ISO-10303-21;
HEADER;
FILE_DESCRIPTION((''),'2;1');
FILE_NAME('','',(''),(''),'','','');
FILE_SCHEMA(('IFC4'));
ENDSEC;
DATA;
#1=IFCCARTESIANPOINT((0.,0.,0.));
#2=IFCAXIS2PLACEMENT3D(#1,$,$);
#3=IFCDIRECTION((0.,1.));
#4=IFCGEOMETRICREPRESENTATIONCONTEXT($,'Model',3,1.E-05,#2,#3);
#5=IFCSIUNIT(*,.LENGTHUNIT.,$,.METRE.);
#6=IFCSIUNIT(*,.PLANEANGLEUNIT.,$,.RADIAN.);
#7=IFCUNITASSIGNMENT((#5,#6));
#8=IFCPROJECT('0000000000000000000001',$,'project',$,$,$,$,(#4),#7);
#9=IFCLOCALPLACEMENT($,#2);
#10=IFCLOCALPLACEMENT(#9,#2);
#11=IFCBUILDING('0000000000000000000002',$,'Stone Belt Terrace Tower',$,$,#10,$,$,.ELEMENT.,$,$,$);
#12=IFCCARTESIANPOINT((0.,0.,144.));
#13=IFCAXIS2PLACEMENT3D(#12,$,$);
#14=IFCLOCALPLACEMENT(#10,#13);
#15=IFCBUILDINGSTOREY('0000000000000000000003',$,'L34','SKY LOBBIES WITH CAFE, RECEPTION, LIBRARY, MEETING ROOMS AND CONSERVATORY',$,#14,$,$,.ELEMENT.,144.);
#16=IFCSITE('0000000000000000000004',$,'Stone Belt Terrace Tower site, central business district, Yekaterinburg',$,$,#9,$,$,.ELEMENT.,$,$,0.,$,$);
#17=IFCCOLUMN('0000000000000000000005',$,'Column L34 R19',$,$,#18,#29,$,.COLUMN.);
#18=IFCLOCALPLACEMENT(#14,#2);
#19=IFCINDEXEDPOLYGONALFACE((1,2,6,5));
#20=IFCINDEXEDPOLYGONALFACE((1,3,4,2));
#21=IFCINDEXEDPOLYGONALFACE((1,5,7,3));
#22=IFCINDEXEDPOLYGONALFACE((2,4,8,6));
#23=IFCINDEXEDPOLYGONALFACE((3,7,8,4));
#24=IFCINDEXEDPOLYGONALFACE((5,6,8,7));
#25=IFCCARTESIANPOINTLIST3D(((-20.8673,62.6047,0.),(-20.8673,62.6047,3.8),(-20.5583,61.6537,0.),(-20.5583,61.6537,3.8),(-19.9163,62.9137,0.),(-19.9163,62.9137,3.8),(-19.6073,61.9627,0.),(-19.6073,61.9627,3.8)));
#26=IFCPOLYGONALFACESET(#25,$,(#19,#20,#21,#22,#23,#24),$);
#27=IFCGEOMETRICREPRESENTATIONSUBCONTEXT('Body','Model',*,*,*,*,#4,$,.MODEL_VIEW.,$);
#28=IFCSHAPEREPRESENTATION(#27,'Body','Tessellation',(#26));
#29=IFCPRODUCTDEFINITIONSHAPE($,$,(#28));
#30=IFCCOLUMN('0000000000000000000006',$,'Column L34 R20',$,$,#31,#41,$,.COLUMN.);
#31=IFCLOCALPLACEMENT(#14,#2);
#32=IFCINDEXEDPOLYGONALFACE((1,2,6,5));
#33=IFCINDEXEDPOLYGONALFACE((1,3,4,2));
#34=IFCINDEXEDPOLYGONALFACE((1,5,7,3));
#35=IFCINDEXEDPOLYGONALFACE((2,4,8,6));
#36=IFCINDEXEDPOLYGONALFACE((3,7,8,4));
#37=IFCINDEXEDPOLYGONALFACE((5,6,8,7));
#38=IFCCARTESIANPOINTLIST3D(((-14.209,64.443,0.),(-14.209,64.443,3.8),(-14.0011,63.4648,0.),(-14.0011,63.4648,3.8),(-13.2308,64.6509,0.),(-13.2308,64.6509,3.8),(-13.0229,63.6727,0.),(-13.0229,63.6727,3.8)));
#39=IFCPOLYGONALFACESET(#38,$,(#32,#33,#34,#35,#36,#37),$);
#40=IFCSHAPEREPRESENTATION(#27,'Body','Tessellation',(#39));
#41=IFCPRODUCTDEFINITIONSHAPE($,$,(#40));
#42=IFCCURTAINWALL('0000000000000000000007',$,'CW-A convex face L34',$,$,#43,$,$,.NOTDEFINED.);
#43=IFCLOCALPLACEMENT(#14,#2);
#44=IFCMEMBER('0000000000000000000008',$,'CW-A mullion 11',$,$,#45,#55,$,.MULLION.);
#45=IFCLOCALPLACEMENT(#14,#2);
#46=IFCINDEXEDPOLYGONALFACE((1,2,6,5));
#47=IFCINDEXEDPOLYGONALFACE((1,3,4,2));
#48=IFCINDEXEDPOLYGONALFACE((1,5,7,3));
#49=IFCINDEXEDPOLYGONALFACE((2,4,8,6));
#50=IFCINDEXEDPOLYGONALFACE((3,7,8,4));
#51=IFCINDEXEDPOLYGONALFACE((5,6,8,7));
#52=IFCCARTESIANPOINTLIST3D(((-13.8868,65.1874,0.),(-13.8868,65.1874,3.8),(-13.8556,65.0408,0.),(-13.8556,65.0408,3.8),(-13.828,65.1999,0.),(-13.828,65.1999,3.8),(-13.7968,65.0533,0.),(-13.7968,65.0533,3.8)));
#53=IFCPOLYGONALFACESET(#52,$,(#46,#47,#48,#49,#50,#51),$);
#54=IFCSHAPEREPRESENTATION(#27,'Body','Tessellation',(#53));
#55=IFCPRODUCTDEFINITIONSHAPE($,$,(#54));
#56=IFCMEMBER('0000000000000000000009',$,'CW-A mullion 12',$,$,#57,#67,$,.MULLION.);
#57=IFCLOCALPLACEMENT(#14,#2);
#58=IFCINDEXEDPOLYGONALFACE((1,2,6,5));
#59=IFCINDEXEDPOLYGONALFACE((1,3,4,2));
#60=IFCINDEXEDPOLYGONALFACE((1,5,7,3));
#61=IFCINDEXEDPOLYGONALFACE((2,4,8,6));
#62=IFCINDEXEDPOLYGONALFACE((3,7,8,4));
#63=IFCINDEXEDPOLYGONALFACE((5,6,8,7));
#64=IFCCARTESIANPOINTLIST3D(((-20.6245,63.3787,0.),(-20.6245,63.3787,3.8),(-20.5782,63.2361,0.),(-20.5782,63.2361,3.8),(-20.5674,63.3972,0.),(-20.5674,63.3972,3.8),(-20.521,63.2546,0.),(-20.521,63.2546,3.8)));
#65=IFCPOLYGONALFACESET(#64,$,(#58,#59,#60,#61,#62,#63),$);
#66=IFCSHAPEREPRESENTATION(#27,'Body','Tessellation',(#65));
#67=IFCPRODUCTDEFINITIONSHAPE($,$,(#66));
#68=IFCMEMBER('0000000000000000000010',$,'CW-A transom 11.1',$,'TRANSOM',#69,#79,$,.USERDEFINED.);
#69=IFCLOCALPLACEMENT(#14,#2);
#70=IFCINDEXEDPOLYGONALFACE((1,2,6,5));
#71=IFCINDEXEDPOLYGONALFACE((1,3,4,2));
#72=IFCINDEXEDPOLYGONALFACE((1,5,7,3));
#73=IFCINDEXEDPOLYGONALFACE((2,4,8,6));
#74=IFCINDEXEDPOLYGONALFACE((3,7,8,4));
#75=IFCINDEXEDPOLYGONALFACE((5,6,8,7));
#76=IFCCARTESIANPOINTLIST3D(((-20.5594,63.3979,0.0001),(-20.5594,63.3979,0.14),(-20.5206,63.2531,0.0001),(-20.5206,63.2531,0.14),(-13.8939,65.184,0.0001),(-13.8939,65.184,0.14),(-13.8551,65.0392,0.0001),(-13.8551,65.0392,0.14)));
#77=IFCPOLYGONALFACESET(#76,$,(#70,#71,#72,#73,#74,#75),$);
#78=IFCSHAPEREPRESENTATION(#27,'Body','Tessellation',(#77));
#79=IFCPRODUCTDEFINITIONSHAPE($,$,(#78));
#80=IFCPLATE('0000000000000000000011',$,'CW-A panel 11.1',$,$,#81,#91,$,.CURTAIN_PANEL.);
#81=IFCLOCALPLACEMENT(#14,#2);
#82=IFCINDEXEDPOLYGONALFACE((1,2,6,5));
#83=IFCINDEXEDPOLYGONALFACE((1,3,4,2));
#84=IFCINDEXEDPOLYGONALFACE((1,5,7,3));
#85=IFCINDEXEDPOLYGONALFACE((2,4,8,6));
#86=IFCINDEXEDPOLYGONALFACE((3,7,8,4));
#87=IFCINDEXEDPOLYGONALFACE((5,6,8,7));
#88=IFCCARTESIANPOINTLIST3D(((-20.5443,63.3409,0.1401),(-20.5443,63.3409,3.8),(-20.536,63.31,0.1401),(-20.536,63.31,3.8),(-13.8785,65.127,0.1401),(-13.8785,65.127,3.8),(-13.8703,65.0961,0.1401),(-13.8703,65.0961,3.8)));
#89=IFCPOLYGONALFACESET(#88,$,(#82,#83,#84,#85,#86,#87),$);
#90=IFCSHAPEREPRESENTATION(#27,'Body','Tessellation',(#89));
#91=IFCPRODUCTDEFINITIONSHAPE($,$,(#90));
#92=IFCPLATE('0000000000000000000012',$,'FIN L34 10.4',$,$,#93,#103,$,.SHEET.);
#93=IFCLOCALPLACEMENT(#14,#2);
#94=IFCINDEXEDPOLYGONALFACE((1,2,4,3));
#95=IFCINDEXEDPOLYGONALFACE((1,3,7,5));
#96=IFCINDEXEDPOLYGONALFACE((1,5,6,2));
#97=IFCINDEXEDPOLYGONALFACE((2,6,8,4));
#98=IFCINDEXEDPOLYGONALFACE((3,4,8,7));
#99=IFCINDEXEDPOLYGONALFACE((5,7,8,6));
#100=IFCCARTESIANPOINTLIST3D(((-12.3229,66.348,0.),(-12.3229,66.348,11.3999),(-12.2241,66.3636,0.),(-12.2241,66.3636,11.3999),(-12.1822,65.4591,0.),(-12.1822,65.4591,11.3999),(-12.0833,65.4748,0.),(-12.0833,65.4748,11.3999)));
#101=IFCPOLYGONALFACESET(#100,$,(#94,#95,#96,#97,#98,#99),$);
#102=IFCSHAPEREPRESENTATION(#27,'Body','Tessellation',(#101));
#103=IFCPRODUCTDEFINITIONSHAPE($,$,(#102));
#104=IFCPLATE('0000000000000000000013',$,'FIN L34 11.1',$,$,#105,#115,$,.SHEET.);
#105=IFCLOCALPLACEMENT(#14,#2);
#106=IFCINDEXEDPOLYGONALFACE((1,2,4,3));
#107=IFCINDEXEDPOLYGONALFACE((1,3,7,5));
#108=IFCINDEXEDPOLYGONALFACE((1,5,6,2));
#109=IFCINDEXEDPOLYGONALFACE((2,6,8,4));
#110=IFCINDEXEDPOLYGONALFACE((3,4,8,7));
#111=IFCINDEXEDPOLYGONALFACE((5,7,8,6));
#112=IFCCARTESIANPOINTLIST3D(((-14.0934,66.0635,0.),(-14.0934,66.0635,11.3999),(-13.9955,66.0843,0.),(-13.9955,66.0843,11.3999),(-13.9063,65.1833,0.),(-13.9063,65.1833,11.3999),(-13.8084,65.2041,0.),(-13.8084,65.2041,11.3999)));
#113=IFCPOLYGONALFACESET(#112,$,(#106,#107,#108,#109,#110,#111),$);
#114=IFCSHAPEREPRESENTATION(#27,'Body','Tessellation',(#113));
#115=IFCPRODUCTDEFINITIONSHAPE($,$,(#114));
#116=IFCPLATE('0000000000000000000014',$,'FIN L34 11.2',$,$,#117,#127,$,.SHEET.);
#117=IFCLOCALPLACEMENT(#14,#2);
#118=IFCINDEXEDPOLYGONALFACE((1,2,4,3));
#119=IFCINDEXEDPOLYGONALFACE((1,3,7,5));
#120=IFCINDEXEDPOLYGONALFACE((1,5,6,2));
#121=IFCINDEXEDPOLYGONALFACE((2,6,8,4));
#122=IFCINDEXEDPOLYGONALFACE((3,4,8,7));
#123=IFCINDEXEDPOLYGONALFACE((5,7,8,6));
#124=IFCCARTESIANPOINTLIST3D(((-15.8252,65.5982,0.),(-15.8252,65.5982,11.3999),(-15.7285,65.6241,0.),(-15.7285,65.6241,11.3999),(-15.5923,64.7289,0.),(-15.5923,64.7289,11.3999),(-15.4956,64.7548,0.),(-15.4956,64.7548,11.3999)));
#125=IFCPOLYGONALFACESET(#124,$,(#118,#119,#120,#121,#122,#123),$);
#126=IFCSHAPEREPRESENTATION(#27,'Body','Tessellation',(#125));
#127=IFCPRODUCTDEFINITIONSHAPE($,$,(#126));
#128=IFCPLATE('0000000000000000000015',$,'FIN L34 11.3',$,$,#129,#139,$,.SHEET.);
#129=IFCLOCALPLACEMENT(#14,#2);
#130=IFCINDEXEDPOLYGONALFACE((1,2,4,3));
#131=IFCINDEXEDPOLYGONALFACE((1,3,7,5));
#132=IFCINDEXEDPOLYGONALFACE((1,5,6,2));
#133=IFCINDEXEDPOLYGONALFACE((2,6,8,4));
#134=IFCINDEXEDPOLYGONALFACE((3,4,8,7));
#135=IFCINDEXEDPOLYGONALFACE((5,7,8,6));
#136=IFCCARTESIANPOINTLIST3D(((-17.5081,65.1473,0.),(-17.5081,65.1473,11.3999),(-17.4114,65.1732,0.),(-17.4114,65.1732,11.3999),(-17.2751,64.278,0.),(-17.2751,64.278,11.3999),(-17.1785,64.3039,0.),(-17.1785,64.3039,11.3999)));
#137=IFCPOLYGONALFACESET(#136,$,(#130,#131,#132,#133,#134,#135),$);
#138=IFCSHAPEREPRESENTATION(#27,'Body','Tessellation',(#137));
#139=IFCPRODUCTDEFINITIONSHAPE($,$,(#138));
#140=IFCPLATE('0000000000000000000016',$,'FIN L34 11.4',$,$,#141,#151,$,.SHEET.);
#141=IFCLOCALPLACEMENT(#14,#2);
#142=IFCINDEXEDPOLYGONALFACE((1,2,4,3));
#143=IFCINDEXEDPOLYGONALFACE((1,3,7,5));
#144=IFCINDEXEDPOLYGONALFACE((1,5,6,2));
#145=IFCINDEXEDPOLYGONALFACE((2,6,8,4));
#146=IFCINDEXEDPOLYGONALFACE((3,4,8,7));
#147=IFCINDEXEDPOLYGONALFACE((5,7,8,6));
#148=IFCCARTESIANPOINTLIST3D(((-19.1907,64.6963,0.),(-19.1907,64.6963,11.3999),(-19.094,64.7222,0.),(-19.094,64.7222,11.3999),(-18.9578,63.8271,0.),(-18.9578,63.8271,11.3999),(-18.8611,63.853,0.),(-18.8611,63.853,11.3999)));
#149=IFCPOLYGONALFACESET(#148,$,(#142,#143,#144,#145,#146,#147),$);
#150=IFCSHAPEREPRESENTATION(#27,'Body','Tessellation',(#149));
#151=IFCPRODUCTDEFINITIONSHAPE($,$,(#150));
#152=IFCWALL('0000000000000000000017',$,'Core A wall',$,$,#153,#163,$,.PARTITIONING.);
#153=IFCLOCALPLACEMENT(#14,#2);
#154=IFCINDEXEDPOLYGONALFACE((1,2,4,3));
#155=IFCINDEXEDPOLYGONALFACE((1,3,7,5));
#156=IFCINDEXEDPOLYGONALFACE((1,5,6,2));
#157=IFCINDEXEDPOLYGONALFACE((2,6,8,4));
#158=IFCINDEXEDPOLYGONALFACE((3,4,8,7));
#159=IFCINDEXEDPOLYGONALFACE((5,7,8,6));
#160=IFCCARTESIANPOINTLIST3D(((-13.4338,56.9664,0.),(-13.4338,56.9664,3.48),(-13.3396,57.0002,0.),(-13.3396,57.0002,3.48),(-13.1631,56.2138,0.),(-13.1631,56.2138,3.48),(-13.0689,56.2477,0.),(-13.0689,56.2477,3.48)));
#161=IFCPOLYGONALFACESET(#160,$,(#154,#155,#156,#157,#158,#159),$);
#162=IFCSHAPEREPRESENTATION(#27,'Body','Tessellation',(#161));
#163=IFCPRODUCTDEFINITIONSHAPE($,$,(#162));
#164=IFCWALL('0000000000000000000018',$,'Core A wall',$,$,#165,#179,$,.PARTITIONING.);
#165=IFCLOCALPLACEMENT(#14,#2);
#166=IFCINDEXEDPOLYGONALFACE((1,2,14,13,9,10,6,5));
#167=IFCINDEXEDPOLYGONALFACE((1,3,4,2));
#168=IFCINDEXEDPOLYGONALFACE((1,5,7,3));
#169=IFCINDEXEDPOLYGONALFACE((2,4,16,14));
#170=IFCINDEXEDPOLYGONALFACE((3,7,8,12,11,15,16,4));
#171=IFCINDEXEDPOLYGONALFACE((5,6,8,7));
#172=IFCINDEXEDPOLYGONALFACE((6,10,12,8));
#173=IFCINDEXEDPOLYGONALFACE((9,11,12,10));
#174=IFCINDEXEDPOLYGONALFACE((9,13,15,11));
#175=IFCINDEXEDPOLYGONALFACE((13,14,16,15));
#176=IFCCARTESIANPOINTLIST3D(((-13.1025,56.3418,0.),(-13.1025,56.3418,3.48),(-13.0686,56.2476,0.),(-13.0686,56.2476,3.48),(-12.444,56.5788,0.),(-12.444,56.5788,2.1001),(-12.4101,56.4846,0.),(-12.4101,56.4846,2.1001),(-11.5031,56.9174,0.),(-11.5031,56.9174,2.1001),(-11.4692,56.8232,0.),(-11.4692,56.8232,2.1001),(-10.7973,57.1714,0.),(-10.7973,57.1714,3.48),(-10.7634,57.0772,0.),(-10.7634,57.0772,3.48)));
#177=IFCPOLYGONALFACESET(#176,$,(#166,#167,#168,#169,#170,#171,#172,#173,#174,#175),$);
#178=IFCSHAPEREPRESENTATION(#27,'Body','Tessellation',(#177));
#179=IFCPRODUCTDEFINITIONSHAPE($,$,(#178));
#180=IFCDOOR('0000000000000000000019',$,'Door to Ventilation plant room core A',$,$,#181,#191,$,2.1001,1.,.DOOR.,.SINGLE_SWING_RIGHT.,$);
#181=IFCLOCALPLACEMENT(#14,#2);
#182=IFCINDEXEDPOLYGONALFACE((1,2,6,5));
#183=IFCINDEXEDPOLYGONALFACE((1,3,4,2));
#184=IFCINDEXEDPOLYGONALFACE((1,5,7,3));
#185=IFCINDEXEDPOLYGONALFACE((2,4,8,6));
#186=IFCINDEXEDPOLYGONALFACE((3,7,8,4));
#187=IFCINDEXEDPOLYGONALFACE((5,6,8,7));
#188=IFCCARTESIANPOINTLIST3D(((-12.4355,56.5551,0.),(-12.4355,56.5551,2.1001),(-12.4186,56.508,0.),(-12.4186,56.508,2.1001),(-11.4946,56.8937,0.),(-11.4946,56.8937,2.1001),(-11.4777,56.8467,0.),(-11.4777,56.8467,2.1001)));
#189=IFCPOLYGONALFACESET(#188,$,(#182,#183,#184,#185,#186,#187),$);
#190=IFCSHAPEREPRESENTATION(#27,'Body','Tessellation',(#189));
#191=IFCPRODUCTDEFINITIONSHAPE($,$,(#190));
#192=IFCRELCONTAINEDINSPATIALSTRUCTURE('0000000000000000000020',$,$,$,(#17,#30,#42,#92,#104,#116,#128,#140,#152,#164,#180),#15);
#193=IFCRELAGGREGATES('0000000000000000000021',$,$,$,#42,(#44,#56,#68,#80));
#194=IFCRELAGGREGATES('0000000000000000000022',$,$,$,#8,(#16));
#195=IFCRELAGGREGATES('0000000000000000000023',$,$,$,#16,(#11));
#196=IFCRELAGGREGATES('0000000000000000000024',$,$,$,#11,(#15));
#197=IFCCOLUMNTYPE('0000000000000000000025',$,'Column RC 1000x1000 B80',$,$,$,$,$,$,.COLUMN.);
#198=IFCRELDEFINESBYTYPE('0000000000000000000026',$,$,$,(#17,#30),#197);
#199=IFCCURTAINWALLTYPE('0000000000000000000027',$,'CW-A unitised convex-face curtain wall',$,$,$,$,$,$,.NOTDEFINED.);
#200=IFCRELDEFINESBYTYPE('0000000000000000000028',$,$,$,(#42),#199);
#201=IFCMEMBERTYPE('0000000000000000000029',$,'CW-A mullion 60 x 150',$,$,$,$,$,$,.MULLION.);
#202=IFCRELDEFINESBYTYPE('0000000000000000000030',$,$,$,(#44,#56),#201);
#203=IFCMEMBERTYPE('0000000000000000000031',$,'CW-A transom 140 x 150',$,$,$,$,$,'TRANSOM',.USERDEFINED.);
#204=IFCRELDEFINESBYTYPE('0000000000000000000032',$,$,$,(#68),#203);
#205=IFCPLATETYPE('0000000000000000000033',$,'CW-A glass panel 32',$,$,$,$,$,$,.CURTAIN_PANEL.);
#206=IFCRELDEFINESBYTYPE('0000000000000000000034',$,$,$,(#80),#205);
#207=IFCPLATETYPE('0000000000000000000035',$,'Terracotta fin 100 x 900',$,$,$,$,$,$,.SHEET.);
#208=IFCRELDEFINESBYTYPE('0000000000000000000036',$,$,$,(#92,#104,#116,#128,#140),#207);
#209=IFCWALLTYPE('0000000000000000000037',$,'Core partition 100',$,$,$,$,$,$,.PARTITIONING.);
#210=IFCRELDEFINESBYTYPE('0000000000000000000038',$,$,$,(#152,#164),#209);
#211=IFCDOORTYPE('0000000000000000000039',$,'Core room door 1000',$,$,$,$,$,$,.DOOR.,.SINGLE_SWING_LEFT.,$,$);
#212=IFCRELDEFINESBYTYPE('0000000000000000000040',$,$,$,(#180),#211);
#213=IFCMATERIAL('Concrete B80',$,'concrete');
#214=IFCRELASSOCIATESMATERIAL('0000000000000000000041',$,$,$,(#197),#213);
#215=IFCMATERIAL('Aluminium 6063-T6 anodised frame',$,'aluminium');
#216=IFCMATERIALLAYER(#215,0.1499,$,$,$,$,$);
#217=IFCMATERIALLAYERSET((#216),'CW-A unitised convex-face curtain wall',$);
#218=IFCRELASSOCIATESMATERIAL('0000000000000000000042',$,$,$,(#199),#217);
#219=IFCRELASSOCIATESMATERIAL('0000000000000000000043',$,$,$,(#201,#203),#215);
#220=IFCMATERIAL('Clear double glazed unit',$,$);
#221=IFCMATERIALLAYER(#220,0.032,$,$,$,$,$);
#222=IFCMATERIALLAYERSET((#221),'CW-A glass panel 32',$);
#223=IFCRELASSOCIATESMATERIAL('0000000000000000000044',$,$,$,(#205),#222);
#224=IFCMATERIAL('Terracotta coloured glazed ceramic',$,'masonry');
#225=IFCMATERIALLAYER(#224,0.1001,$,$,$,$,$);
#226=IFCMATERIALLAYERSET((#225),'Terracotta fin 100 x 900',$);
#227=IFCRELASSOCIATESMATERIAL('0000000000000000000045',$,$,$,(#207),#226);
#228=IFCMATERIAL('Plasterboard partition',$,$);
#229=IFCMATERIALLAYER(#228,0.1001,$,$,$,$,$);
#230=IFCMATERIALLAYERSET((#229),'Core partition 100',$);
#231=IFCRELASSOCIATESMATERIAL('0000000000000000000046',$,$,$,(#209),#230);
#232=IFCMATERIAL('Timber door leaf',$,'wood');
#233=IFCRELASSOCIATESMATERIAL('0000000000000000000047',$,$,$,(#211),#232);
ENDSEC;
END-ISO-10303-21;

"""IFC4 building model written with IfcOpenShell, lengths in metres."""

from ifc_helpers import new_model, si_unit, direction, frame, frame_2d, origin, origin_2d, place, context, subcontext, project, spatial, rectangle, extrude, material, layer, layer_set, material_profile, profile_set, type_object, element, fill, aggregate, save


model = new_model("IFC4")

# Units and contexts
model_context = context("Model", 3, precision=1e-05, world=origin(), true_north=direction((0.0, 1.0)))
body_context = subcontext(model_context, "Body", "Model", "MODEL_VIEW")
ifc_project = project(units=[si_unit("LENGTHUNIT", "METRE"), si_unit("PLANEANGLEUNIT", "RADIAN")], contexts=[model_context])

# Site, building, storey
site_placement = place(None, origin())
site = spatial("IfcSite", under=ifc_project, at=site_placement, Name="Stone Belt Terrace Tower site, central business district, Yekaterinburg", CompositionType="ELEMENT", RefElevation=0.0)
building_placement = place(site_placement, origin())
building = spatial("IfcBuilding", under=site, at=building_placement, Name="Stone Belt Terrace Tower", CompositionType="ELEMENT")
storey_placement = place(building_placement, frame((0.0, 0.0, 144.0)))
storey = spatial("IfcBuildingStorey", under=building, at=storey_placement, Name="L34", Description="SKY LOBBIES WITH CAFE, RECEPTION, LIBRARY, MEETING ROOMS AND CONSERVATORY", CompositionType="ELEMENT", Elevation=144.0)

# Columns
ifc_material_1 = material(Name="Concrete B80", Category="concrete")
ifc_material_profile_1 = material_profile(ifc_material_1, rectangle(XDim=1.0, YDim=1.0, at=origin_2d()), Name="RC 1000x1000")
ifc_profile_set_1 = profile_set([ifc_material_profile_1], Name="Concrete B80")
column_type = type_object("IfcColumnType", Name="Column RC 1000x1000 B80", PredefinedType="COLUMN", material=ifc_profile_set_1)
for number, where, z_axis, x_axis, name in (
    (1, (-20.2373, 62.2837, 0.0), (0.0, 0.0, 1.0), (0.951057, 0.309017, 0.0), "Column L34 R19"),
    (2, (-13.616, 64.0579, 0.0), (0.0, 0.0, 1.0), (0.978148, 0.207912, 0.0), "Column L34 R20"),
):
    element("IfcColumn", number, at=place(storey_placement, frame(where, z_axis=z_axis, x_axis=x_axis)), inside=storey, type_object=column_type, Name=name, PredefinedType="COLUMN", context=body_context, shape_type="SweptSolid", body=[
        extrude(rectangle(XDim=1.0, YDim=1.0, at=origin_2d()), origin(), (0.0, 0.0, 1.0), 3.8),
    ])

# Curtain wall, members, plate
ifc_material_2 = material(Name="Aluminium 6063-T6 anodised frame", Category="aluminium")
ifc_layer_1 = layer(ifc_material_2, 0.1499)
ifc_layer_set_1 = layer_set([ifc_layer_1], Name="CW-A unitised convex-face curtain wall")
curtain_wall_type = type_object("IfcCurtainWallType", Name="CW-A unitised convex-face curtain wall", PredefinedType="NOTDEFINED", material=ifc_layer_set_1)
curtain_wall_placement = place(storey_placement, origin())
curtain_wall = element("IfcCurtainWall", 3, at=curtain_wall_placement, inside=storey, type_object=curtain_wall_type, Name="CW-A convex face L34", PredefinedType="NOTDEFINED")
ifc_material_profile_2 = material_profile(ifc_material_2, rectangle(XDim=0.1499, YDim=0.0601, at=origin_2d()), Name="Aluminium 6063-T6 60x150")
ifc_profile_set_2 = profile_set([ifc_material_profile_2], Name="Aluminium 6063-T6 anodised frame")
member_type_1 = type_object("IfcMemberType", Name="CW-A mullion 60 x 150", PredefinedType="MULLION", material=ifc_profile_set_2)
member_1_placement = place(storey_placement, frame((-13.8418, 65.1204, 0.0), z_axis=(0.0, 0.0, 1.0), x_axis=(0.207912, -0.978148, 0.0)))
member_1 = element("IfcMember", 4, at=member_1_placement, type_object=member_type_1, Name="CW-A mullion 11", PredefinedType="MULLION", context=body_context, shape_type="SweptSolid", body=[
    extrude(rectangle(XDim=0.1499, YDim=0.0601, at=origin_2d()), origin(), (0.0, 0.0, 1.0), 3.8),
])
member_2_placement = place(storey_placement, frame((-20.5728, 63.3167, 0.0), z_axis=(0.0, 0.0, 1.0), x_axis=(0.309017, -0.951057, 0.0)))
member_2 = element("IfcMember", 5, at=member_2_placement, type_object=member_type_1, Name="CW-A mullion 12", PredefinedType="MULLION", context=body_context, shape_type="SweptSolid", body=[
    extrude(rectangle(XDim=0.1499, YDim=0.0601, at=origin_2d()), origin(), (0.0, 0.0, 1.0), 3.8),
])
ifc_material_profile_3 = material_profile(ifc_material_2, rectangle(XDim=0.1499, YDim=0.1399, at=origin_2d()), Name="Aluminium 6063-T6 150x140")
ifc_profile_set_3 = profile_set([ifc_material_profile_3], Name="Aluminium 6063-T6 anodised frame")
member_type_2 = type_object("IfcMemberType", Name="CW-A transom 140 x 150", ElementType="TRANSOM", PredefinedType="USERDEFINED", material=ifc_profile_set_3)
member_3_placement = place(storey_placement, frame((-13.8745, 65.1116, 0.0701), z_axis=(-0.965922, -0.258834, 0.0), x_axis=(0.258834, -0.965922, 0.0)))
member_3 = element("IfcMember", 6, at=member_3_placement, type_object=member_type_2, Name="CW-A transom 11.1", ObjectType="TRANSOM", PredefinedType="USERDEFINED", context=body_context, shape_type="SweptSolid", body=[
    extrude(rectangle(XDim=0.1499, YDim=0.1399, at=origin_2d()), origin(), (0.0, 0.0, 1.0), 6.9006),
])
ifc_material_3 = material(Name="Clear double glazed unit")
ifc_layer_2 = layer(ifc_material_3, 0.032)
ifc_layer_set_2 = layer_set([ifc_layer_2], Name="CW-A glass panel 32")
plate_type_1 = type_object("IfcPlateType", Name="CW-A glass panel 32", PredefinedType="CURTAIN_PANEL", material=ifc_layer_set_2)
plate_placement = place(storey_placement, frame((-17.2073, 64.2185, 0.1401), z_axis=(0.0, 0.0, 1.0), x_axis=(-0.965926, -0.258819, 0.0)))
plate = element("IfcPlate", 7, at=plate_placement, type_object=plate_type_1, Name="CW-A panel 11.1", PredefinedType="CURTAIN_PANEL", context=body_context, shape_type="SweptSolid", body=[
    extrude(rectangle(XDim=6.9009, YDim=0.032, at=origin_2d()), origin(), (0.0, 0.0, 1.0), 3.6599),
])
aggregate(curtain_wall, [member_1, member_2, member_3, plate])

# Plates
ifc_material_4 = material(Name="Terracotta coloured glazed ceramic", Category="masonry")
ifc_layer_3 = layer(ifc_material_4, 0.1001)
ifc_layer_set_3 = layer_set([ifc_layer_3], Name="Terracotta fin 100 x 900")
plate_type_2 = type_object("IfcPlateType", Name="Terracotta fin 100 x 900", PredefinedType="SHEET", material=ifc_layer_set_3)
for number, where, z_axis, x_axis, name in (
    (8, (-12.2031, 65.9114, 0.0), (0.0, 0.0, 1.0), (-0.156434, 0.987688, 0.0), "FIN L34 10.4"),
    (9, (-13.9509, 65.6338, 0.0), (0.0, 0.0, 1.0), (-0.207912, 0.978148, 0.0), "FIN L34 11.1"),
    (10, (-15.6604, 65.1765, 0.0), (0.0, 0.0, 1.0), (-0.258819, 0.965926, 0.0), "FIN L34 11.2"),
    (11, (-17.3433, 64.7256, 0.0), (0.0, 0.0, 1.0), (-0.258819, 0.965926, 0.0), "FIN L34 11.3"),
    (12, (-19.0259, 64.2747, 0.0), (0.0, 0.0, 1.0), (-0.258819, 0.965926, 0.0), "FIN L34 11.4"),
):
    element("IfcPlate", number, at=place(storey_placement, frame(where, z_axis=z_axis, x_axis=x_axis)), inside=storey, type_object=plate_type_2, Name=name, PredefinedType="SHEET", context=body_context, shape_type="SweptSolid", body=[
        extrude(rectangle(XDim=0.8999, YDim=0.1001, at=origin_2d()), origin(), (0.0, 0.0, 1.0), 11.3999),
    ])

# Wall
ifc_material_5 = material(Name="Plasterboard partition")
ifc_layer_4 = layer(ifc_material_5, 0.1001)
ifc_layer_set_4 = layer_set([ifc_layer_4], Name="Core partition 100")
wall_type_1 = type_object("IfcWallType", Name="Core partition 100", PredefinedType="PARTITIONING", material=ifc_layer_set_4)
wall_1_placement = place(storey_placement, frame((-13.116, 56.2307, 0.0), z_axis=(0.0, 0.0, 1.0), x_axis=(-0.338482, 0.940973, 0.0)))
element("IfcWall", 13, at=wall_1_placement, inside=storey, type_object=wall_type_1, Name="Core A wall", PredefinedType="PARTITIONING", context=body_context, shape_type="SweptSolid", body=[
    extrude(rectangle(XDim=0.7998, YDim=0.1001, at=frame_2d((0.3999, 0.0))), origin(), (0.0, 0.0, 1.0), 3.48),
])

# Wall, opening, door
wall_2_placement = place(storey_placement, frame((-13.0857, 56.2947, 0.0), z_axis=(0.0, 0.0, 1.0), x_axis=(0.940923, 0.338621, 0.0)))
wall_2 = element("IfcWall", 14, at=wall_2_placement, inside=storey, type_object=wall_type_1, Name="Core A wall", PredefinedType="PARTITIONING", context=body_context, shape_type="SweptSolid", body=[
    extrude(rectangle(XDim=2.45, YDim=0.1001, at=frame_2d((1.2251, 0.0))), origin(), (0.0, 0.0, 1.0), 3.48),
])
opening_1_placement = place(wall_2_placement, frame((0.7, 0.0, 0.0)))
opening_1 = element("IfcOpeningElement", 15, at=opening_1_placement, cuts=wall_2, PredefinedType="OPENING", context=body_context, shape_type="SweptSolid", body=[
    extrude(rectangle(XDim=1.0, YDim=2.1001, at=frame_2d((0.5, 1.05))), frame((0.0, 0.0601, 0.0), z_axis=(0.0, -1.0, 0.0), x_axis=(1.0, 0.0, 0.0)), (0.0, 0.0, 1.0), 0.1201),
])
ifc_material_6 = material(Name="Timber door leaf", Category="wood")
door_type_1 = type_object("IfcDoorType", Name="Core room door 1000", OperationType="SINGLE_SWING_LEFT", PredefinedType="DOOR", material=ifc_material_6)
door_1_placement = place(opening_1_placement, origin())
door_1 = element("IfcDoor", 16, at=door_1_placement, inside=storey, type_object=door_type_1, Name="Door to Ventilation plant room core A", OperationType="SINGLE_SWING_RIGHT", OverallHeight=2.1001, OverallWidth=1.0, PredefinedType="DOOR", context=body_context, shape_type="SweptSolid", body=[
    extrude(rectangle(XDim=1.0, YDim=2.1001, at=frame_2d((0.5, 1.05))), frame((0.0, 0.0249, 0.0), z_axis=(0.0, -1.0, 0.0), x_axis=(1.0, 0.0, 0.0)), (0.0, 0.0, 1.0), 0.05),
])
fill(opening_1, door_1)

save(model, "model.ifc")
